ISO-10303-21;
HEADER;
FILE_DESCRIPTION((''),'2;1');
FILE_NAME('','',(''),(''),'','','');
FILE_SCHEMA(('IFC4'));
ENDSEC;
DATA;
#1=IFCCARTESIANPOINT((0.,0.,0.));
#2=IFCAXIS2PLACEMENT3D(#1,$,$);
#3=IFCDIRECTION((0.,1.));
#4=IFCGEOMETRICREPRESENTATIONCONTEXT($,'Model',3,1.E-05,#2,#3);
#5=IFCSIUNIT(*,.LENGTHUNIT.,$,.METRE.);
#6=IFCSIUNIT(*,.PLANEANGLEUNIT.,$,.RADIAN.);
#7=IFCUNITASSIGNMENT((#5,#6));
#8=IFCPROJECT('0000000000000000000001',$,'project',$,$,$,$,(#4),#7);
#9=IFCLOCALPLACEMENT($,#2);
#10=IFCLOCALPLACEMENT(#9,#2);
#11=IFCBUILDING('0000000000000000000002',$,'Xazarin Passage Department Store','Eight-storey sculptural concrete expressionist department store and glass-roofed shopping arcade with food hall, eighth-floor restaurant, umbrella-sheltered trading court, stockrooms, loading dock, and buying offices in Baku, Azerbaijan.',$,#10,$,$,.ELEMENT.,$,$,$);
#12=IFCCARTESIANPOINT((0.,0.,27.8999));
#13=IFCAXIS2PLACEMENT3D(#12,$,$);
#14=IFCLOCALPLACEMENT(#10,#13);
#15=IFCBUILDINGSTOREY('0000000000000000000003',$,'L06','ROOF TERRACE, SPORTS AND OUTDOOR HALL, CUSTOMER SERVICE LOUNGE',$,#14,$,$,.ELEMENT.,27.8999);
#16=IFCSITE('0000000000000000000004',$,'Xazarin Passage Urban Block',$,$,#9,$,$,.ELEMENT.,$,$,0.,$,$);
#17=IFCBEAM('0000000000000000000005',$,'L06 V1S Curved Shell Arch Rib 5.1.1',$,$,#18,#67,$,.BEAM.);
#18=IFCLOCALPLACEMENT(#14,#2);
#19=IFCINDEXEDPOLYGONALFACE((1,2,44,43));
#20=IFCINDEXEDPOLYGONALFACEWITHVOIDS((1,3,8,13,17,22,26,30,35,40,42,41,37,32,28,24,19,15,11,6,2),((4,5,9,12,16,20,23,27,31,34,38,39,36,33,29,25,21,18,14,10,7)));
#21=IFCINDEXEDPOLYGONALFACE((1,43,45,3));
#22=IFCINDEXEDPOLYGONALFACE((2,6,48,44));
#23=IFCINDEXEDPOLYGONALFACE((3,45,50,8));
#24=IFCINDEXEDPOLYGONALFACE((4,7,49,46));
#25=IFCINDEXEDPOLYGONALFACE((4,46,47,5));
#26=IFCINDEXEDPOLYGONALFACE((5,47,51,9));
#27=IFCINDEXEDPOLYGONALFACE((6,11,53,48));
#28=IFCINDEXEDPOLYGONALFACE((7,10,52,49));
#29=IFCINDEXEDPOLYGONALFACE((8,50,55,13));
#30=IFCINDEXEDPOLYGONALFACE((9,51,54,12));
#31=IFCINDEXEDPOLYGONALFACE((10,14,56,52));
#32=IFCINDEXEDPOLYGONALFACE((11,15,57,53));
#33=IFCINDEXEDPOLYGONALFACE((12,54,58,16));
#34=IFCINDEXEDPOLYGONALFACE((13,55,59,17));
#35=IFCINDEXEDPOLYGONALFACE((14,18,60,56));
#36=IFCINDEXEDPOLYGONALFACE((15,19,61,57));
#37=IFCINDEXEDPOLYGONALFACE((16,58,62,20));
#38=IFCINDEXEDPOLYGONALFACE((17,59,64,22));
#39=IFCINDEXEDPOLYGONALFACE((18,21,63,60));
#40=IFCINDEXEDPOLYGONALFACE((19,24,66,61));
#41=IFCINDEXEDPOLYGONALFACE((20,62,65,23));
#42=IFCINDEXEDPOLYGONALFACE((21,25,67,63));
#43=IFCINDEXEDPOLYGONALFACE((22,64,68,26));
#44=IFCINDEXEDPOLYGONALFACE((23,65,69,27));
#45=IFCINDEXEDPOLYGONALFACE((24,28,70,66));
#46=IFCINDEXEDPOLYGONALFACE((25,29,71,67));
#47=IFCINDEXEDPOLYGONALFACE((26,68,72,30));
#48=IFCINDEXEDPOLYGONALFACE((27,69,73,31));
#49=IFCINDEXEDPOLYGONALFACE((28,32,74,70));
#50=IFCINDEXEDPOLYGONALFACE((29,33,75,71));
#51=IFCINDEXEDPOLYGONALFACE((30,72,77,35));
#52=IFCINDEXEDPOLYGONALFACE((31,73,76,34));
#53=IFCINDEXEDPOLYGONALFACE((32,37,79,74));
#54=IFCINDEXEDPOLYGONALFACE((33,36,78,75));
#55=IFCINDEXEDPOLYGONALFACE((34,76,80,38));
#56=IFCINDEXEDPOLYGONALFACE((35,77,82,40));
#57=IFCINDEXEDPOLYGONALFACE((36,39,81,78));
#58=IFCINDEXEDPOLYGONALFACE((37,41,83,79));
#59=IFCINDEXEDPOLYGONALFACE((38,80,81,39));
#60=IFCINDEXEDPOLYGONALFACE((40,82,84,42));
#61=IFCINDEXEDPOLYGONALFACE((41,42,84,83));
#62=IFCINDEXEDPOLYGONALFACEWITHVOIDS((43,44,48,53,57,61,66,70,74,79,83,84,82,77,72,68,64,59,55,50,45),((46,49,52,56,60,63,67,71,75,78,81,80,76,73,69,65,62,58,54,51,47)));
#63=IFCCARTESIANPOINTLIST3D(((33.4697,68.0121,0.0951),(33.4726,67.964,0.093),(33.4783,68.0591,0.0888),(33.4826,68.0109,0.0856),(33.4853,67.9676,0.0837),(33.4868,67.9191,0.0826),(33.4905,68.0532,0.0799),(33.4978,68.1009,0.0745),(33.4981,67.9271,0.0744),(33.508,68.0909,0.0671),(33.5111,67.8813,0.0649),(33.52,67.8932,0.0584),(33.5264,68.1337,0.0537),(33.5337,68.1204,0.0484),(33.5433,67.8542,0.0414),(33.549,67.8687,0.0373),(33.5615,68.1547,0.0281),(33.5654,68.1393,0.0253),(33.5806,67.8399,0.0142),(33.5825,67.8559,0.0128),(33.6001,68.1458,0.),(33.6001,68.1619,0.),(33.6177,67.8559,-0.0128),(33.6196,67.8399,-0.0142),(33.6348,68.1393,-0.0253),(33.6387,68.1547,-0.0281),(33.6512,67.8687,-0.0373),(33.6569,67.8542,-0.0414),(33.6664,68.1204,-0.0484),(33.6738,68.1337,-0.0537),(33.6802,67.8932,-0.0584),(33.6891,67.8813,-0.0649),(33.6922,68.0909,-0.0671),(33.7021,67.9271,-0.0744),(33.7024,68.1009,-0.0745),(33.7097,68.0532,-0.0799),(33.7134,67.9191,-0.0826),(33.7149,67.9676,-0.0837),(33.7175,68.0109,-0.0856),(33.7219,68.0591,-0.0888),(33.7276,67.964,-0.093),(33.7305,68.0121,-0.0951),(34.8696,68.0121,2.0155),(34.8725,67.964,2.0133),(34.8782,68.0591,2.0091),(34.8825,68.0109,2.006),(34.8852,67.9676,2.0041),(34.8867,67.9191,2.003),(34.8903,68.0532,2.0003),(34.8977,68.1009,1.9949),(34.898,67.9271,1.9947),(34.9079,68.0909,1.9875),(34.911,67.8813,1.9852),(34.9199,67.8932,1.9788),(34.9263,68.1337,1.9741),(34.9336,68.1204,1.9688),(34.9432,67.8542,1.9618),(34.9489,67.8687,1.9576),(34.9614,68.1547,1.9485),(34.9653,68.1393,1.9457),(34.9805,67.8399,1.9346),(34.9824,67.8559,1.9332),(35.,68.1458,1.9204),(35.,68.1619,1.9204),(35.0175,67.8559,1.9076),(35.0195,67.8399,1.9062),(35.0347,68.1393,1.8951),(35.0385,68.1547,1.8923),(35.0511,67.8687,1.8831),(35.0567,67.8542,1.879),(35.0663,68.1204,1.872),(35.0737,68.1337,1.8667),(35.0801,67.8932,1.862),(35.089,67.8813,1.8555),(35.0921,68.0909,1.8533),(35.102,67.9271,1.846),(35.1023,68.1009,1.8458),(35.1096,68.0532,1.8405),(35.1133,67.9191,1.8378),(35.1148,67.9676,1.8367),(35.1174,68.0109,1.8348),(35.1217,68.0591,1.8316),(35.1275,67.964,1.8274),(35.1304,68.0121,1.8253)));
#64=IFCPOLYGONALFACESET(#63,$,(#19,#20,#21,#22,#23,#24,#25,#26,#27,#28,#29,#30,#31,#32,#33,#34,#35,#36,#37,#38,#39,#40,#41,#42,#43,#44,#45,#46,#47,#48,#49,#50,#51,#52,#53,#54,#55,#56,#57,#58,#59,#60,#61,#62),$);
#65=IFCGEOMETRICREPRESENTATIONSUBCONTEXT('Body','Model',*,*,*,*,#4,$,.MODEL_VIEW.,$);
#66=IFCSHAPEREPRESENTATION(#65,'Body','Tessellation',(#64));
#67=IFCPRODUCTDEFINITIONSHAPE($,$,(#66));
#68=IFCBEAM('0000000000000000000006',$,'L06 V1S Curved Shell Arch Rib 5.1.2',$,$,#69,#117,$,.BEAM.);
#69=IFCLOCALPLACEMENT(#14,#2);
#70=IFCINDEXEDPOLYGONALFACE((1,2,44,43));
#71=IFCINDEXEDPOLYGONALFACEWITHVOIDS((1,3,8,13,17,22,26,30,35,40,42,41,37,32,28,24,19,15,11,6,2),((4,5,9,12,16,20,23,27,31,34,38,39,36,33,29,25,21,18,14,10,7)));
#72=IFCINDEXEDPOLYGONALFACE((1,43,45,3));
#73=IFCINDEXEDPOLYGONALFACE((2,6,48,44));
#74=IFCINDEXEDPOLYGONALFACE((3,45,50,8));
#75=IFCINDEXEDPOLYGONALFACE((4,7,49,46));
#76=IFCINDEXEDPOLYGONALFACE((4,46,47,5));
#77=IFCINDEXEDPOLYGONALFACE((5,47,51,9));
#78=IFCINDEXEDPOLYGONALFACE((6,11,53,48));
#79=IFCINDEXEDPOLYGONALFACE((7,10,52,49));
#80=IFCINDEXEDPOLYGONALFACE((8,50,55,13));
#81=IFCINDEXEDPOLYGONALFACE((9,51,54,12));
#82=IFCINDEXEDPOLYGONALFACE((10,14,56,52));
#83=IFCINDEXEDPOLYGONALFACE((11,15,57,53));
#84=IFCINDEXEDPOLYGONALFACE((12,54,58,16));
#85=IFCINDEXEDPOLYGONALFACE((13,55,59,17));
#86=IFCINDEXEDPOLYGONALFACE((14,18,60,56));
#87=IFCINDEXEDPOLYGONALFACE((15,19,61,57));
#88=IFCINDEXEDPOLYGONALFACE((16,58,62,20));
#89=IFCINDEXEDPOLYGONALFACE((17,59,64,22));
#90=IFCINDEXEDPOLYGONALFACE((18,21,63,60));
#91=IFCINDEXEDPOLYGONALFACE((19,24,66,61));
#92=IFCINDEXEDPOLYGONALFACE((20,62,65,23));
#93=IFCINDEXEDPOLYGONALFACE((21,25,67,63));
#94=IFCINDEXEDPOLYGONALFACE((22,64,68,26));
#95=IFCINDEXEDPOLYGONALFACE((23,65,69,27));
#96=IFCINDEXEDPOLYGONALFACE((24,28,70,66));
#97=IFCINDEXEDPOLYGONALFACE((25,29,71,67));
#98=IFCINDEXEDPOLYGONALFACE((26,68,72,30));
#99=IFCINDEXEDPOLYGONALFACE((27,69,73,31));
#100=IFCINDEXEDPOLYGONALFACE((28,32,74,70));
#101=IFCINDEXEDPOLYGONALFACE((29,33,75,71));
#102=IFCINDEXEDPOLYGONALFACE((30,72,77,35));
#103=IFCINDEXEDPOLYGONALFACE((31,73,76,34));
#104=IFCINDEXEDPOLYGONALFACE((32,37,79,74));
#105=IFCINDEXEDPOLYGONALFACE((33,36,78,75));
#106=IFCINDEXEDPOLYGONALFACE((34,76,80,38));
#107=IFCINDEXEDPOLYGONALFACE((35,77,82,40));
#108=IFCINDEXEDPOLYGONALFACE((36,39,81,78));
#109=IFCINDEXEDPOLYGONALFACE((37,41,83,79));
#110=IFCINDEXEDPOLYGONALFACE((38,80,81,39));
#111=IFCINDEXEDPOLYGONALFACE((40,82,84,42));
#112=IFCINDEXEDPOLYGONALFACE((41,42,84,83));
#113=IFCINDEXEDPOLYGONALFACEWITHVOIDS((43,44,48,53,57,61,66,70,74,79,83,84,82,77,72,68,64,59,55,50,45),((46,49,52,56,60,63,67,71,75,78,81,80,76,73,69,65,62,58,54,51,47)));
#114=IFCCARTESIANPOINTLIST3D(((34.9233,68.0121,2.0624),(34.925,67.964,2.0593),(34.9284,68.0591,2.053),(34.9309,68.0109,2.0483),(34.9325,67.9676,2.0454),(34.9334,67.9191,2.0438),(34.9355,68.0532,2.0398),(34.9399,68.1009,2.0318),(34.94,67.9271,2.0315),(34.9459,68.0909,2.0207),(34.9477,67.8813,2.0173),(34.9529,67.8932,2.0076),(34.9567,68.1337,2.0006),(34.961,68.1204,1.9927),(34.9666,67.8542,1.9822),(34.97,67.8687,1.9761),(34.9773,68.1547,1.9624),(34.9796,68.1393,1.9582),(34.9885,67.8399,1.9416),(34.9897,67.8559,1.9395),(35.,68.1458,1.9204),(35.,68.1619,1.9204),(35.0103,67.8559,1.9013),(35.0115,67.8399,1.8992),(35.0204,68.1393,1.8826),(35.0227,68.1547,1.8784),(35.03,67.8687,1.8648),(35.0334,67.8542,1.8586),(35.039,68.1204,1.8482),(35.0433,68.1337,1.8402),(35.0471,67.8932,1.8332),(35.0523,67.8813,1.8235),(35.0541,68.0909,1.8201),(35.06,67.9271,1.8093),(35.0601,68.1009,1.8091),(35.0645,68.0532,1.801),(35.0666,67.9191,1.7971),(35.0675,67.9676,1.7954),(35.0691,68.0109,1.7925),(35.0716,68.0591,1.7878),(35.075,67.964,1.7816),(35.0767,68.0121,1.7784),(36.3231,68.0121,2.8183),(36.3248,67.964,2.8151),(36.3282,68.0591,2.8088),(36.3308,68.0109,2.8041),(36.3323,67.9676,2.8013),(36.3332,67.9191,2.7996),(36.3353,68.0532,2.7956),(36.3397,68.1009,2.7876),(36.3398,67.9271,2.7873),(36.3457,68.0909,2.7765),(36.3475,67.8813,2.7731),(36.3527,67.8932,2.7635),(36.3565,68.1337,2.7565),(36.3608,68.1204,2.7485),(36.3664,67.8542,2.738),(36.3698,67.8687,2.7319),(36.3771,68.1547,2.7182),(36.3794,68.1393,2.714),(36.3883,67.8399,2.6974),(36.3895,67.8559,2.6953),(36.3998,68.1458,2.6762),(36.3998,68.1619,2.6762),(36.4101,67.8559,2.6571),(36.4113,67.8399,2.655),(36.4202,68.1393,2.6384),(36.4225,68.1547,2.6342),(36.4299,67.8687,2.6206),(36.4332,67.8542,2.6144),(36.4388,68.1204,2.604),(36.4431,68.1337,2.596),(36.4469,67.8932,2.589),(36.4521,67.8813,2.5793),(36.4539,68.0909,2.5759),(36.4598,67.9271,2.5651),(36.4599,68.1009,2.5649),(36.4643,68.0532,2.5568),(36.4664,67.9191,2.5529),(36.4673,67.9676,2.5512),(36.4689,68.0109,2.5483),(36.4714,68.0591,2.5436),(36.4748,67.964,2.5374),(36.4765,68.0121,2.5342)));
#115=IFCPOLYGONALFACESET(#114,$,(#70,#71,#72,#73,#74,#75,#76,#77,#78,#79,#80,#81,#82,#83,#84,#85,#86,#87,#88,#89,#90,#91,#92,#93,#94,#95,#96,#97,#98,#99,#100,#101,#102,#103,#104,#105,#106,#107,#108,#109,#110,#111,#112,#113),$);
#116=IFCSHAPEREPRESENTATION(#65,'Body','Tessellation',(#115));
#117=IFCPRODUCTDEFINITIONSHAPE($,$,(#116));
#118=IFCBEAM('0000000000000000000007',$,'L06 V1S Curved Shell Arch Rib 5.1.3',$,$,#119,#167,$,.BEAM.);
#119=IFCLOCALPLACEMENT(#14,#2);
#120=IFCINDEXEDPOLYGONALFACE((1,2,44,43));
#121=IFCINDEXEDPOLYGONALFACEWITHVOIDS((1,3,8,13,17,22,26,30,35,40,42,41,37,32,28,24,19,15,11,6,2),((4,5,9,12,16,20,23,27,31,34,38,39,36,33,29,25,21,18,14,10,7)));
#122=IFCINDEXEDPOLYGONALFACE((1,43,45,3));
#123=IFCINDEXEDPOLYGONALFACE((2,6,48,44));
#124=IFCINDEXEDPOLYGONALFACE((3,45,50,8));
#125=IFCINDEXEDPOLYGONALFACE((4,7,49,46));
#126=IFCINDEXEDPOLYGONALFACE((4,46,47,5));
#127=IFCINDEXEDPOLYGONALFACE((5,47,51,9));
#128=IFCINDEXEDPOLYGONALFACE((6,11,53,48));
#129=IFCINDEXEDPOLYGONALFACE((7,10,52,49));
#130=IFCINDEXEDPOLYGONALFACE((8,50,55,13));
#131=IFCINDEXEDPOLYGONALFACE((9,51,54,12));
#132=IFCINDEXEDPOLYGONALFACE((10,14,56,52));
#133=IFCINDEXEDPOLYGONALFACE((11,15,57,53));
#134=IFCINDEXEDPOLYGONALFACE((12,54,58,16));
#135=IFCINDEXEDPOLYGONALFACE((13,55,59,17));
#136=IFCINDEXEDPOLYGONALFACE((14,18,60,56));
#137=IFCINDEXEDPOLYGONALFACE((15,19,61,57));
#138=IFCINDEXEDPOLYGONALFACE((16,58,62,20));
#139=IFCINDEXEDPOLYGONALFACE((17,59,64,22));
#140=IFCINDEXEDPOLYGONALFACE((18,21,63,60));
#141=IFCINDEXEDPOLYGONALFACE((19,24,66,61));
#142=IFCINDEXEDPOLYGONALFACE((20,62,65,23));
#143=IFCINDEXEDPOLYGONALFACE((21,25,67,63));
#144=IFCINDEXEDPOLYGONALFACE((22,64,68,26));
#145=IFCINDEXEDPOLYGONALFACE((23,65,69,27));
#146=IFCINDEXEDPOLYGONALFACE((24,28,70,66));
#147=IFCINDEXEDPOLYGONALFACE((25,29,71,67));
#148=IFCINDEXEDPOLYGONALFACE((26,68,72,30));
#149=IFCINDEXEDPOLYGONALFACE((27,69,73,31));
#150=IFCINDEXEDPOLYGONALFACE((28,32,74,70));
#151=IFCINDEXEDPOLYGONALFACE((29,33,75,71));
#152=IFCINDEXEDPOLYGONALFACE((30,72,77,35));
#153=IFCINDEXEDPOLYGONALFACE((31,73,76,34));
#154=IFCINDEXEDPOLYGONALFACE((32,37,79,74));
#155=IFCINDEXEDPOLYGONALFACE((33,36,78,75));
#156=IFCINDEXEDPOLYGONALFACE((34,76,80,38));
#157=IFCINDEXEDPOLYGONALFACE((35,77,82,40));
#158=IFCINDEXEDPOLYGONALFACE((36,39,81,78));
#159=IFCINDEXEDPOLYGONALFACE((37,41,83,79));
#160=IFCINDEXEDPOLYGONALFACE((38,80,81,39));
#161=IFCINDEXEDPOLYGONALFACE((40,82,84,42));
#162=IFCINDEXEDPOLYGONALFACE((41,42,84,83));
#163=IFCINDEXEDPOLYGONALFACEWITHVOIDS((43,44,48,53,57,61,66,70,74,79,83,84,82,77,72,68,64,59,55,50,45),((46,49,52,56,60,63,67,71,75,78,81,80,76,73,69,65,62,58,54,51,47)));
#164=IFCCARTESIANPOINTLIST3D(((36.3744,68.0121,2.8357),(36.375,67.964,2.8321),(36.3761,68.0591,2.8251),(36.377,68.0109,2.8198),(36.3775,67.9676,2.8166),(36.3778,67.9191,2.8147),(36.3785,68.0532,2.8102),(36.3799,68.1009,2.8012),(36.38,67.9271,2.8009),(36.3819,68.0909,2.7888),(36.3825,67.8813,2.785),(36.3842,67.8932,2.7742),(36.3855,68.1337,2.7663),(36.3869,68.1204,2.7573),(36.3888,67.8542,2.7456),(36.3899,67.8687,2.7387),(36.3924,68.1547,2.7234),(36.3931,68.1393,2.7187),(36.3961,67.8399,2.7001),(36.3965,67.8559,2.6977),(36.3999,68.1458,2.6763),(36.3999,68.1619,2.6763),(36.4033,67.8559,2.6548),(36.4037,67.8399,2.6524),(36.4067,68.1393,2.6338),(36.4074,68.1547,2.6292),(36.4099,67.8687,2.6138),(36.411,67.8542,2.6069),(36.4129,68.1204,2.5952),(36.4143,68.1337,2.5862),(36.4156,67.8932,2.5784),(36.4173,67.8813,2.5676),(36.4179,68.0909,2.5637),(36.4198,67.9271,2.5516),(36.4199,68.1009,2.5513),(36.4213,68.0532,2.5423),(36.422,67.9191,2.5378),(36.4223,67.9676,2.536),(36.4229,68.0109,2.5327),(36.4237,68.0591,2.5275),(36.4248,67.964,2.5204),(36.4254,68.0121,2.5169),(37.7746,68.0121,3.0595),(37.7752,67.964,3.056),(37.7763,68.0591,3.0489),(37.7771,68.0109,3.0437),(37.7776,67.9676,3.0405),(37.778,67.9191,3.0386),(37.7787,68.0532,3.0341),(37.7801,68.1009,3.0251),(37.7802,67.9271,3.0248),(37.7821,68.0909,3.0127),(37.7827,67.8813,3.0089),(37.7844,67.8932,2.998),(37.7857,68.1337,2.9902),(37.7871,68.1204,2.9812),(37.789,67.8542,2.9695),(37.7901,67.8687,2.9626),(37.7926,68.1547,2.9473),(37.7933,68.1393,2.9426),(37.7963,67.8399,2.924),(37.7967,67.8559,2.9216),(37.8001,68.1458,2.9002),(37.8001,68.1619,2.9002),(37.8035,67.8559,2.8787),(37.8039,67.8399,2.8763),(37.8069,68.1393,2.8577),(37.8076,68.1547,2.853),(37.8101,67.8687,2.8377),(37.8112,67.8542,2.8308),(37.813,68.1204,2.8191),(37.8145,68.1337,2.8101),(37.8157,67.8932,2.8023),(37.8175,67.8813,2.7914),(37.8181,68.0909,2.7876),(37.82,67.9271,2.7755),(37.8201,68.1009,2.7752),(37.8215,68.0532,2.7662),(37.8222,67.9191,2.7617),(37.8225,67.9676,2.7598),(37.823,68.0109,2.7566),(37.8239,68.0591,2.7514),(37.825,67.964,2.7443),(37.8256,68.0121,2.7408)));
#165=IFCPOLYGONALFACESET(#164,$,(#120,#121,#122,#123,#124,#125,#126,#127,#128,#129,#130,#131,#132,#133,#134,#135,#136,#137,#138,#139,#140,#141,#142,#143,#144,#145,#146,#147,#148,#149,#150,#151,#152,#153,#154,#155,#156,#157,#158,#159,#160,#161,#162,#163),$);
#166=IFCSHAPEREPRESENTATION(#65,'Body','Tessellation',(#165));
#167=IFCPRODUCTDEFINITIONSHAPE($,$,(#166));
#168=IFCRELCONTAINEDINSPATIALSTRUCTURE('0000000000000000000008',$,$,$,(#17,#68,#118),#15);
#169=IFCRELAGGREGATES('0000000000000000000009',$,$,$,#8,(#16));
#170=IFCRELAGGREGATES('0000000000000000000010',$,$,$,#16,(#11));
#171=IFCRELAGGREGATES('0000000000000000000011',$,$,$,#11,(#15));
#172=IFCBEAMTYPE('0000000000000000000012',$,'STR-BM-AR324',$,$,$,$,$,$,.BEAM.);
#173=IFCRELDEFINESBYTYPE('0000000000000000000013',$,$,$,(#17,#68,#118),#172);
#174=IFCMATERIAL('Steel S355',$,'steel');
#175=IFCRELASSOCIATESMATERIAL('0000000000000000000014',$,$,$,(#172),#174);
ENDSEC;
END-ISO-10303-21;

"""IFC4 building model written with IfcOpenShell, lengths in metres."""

from ifc_helpers import new_model, si_unit, direction, frame, origin, origin_2d, place, context, subcontext, project, spatial, hollow_circle, extrude, material, material_profile, profile_set, type_object, element, save


model = new_model("IFC4")

# Units and contexts
model_context = context("Model", 3, precision=1e-05, world=origin(), true_north=direction((0.0, 1.0)))
body_context = subcontext(model_context, "Body", "Model", "MODEL_VIEW")
ifc_project = project(units=[si_unit("LENGTHUNIT", "METRE"), si_unit("PLANEANGLEUNIT", "RADIAN")], contexts=[model_context])

# Site, building, storey
site_placement = place(None, origin())
site = spatial("IfcSite", under=ifc_project, at=site_placement, Name="Xazarin Passage Urban Block", CompositionType="ELEMENT", RefElevation=0.0)
building_placement = place(site_placement, origin())
building = spatial("IfcBuilding", under=site, at=building_placement, Name="Xazarin Passage Department Store", Description="Eight-storey sculptural concrete expressionist department store and glass-roofed shopping arcade with food hall, eighth-floor restaurant, umbrella-sheltered trading court, stockrooms, loading dock, and buying offices in Baku, Azerbaijan.", CompositionType="ELEMENT")
storey_placement = place(building_placement, frame((0.0, 0.0, 27.8999)))
storey = spatial("IfcBuildingStorey", under=building, at=storey_placement, Name="L06", Description="ROOF TERRACE, SPORTS AND OUTDOOR HALL, CUSTOMER SERVICE LOUNGE", CompositionType="ELEMENT", Elevation=27.8999)

# Beams
ifc_material_1 = material(Name="Steel S355", Category="steel")
ifc_material_profile_1 = material_profile(ifc_material_1, hollow_circle(Radius=0.1619, WallThickness=0.0161, at=origin_2d()), Name="CHS 323.9x16")
ifc_profile_set_1 = profile_set([ifc_material_profile_1], Name="Steel S355")
beam_type_1 = type_object("IfcBeamType", Name="STR-BM-AR324", PredefinedType="BEAM", material=ifc_profile_set_1)
beam_1_placement = place(storey_placement, frame((33.6001, 68.0, 0.0), z_axis=(0.589063, 0.0, 0.808087), x_axis=(0.0, 1.0, 0.0)))
element("IfcBeam", 1, at=beam_1_placement, inside=storey, type_object=beam_type_1, Name="L06 V1S Curved Shell Arch Rib 5.1.1", PredefinedType="BEAM", context=body_context, shape_type="SweptSolid", body=[
    extrude(hollow_circle(Radius=0.1619, WallThickness=0.0161, at=origin_2d()), origin(), (0.0, 0.0, 1.0), 2.3765),
])
beam_2_placement = place(storey_placement, frame((35.0, 68.0, 1.9204), z_axis=(0.879928, 0.0, 0.475106), x_axis=(0.0, 1.0, 0.0)))
element("IfcBeam", 2, at=beam_2_placement, inside=storey, type_object=beam_type_1, Name="L06 V1S Curved Shell Arch Rib 5.1.2", PredefinedType="BEAM", context=body_context, shape_type="SweptSolid", body=[
    extrude(hollow_circle(Radius=0.1619, WallThickness=0.0161, at=origin_2d()), origin(), (0.0, 0.0, 1.0), 1.5908),
])
beam_3_placement = place(storey_placement, frame((36.3999, 68.0, 2.6763), z_axis=(0.987457, 0.0, 0.15789), x_axis=(0.0, 1.0, 0.0)))
element("IfcBeam", 3, at=beam_3_placement, inside=storey, type_object=beam_type_1, Name="L06 V1S Curved Shell Arch Rib 5.1.3", PredefinedType="BEAM", context=body_context, shape_type="SweptSolid", body=[
    extrude(hollow_circle(Radius=0.1619, WallThickness=0.0161, at=origin_2d()), origin(), (0.0, 0.0, 1.0), 1.418),
])

save(model, "model.ifc")
